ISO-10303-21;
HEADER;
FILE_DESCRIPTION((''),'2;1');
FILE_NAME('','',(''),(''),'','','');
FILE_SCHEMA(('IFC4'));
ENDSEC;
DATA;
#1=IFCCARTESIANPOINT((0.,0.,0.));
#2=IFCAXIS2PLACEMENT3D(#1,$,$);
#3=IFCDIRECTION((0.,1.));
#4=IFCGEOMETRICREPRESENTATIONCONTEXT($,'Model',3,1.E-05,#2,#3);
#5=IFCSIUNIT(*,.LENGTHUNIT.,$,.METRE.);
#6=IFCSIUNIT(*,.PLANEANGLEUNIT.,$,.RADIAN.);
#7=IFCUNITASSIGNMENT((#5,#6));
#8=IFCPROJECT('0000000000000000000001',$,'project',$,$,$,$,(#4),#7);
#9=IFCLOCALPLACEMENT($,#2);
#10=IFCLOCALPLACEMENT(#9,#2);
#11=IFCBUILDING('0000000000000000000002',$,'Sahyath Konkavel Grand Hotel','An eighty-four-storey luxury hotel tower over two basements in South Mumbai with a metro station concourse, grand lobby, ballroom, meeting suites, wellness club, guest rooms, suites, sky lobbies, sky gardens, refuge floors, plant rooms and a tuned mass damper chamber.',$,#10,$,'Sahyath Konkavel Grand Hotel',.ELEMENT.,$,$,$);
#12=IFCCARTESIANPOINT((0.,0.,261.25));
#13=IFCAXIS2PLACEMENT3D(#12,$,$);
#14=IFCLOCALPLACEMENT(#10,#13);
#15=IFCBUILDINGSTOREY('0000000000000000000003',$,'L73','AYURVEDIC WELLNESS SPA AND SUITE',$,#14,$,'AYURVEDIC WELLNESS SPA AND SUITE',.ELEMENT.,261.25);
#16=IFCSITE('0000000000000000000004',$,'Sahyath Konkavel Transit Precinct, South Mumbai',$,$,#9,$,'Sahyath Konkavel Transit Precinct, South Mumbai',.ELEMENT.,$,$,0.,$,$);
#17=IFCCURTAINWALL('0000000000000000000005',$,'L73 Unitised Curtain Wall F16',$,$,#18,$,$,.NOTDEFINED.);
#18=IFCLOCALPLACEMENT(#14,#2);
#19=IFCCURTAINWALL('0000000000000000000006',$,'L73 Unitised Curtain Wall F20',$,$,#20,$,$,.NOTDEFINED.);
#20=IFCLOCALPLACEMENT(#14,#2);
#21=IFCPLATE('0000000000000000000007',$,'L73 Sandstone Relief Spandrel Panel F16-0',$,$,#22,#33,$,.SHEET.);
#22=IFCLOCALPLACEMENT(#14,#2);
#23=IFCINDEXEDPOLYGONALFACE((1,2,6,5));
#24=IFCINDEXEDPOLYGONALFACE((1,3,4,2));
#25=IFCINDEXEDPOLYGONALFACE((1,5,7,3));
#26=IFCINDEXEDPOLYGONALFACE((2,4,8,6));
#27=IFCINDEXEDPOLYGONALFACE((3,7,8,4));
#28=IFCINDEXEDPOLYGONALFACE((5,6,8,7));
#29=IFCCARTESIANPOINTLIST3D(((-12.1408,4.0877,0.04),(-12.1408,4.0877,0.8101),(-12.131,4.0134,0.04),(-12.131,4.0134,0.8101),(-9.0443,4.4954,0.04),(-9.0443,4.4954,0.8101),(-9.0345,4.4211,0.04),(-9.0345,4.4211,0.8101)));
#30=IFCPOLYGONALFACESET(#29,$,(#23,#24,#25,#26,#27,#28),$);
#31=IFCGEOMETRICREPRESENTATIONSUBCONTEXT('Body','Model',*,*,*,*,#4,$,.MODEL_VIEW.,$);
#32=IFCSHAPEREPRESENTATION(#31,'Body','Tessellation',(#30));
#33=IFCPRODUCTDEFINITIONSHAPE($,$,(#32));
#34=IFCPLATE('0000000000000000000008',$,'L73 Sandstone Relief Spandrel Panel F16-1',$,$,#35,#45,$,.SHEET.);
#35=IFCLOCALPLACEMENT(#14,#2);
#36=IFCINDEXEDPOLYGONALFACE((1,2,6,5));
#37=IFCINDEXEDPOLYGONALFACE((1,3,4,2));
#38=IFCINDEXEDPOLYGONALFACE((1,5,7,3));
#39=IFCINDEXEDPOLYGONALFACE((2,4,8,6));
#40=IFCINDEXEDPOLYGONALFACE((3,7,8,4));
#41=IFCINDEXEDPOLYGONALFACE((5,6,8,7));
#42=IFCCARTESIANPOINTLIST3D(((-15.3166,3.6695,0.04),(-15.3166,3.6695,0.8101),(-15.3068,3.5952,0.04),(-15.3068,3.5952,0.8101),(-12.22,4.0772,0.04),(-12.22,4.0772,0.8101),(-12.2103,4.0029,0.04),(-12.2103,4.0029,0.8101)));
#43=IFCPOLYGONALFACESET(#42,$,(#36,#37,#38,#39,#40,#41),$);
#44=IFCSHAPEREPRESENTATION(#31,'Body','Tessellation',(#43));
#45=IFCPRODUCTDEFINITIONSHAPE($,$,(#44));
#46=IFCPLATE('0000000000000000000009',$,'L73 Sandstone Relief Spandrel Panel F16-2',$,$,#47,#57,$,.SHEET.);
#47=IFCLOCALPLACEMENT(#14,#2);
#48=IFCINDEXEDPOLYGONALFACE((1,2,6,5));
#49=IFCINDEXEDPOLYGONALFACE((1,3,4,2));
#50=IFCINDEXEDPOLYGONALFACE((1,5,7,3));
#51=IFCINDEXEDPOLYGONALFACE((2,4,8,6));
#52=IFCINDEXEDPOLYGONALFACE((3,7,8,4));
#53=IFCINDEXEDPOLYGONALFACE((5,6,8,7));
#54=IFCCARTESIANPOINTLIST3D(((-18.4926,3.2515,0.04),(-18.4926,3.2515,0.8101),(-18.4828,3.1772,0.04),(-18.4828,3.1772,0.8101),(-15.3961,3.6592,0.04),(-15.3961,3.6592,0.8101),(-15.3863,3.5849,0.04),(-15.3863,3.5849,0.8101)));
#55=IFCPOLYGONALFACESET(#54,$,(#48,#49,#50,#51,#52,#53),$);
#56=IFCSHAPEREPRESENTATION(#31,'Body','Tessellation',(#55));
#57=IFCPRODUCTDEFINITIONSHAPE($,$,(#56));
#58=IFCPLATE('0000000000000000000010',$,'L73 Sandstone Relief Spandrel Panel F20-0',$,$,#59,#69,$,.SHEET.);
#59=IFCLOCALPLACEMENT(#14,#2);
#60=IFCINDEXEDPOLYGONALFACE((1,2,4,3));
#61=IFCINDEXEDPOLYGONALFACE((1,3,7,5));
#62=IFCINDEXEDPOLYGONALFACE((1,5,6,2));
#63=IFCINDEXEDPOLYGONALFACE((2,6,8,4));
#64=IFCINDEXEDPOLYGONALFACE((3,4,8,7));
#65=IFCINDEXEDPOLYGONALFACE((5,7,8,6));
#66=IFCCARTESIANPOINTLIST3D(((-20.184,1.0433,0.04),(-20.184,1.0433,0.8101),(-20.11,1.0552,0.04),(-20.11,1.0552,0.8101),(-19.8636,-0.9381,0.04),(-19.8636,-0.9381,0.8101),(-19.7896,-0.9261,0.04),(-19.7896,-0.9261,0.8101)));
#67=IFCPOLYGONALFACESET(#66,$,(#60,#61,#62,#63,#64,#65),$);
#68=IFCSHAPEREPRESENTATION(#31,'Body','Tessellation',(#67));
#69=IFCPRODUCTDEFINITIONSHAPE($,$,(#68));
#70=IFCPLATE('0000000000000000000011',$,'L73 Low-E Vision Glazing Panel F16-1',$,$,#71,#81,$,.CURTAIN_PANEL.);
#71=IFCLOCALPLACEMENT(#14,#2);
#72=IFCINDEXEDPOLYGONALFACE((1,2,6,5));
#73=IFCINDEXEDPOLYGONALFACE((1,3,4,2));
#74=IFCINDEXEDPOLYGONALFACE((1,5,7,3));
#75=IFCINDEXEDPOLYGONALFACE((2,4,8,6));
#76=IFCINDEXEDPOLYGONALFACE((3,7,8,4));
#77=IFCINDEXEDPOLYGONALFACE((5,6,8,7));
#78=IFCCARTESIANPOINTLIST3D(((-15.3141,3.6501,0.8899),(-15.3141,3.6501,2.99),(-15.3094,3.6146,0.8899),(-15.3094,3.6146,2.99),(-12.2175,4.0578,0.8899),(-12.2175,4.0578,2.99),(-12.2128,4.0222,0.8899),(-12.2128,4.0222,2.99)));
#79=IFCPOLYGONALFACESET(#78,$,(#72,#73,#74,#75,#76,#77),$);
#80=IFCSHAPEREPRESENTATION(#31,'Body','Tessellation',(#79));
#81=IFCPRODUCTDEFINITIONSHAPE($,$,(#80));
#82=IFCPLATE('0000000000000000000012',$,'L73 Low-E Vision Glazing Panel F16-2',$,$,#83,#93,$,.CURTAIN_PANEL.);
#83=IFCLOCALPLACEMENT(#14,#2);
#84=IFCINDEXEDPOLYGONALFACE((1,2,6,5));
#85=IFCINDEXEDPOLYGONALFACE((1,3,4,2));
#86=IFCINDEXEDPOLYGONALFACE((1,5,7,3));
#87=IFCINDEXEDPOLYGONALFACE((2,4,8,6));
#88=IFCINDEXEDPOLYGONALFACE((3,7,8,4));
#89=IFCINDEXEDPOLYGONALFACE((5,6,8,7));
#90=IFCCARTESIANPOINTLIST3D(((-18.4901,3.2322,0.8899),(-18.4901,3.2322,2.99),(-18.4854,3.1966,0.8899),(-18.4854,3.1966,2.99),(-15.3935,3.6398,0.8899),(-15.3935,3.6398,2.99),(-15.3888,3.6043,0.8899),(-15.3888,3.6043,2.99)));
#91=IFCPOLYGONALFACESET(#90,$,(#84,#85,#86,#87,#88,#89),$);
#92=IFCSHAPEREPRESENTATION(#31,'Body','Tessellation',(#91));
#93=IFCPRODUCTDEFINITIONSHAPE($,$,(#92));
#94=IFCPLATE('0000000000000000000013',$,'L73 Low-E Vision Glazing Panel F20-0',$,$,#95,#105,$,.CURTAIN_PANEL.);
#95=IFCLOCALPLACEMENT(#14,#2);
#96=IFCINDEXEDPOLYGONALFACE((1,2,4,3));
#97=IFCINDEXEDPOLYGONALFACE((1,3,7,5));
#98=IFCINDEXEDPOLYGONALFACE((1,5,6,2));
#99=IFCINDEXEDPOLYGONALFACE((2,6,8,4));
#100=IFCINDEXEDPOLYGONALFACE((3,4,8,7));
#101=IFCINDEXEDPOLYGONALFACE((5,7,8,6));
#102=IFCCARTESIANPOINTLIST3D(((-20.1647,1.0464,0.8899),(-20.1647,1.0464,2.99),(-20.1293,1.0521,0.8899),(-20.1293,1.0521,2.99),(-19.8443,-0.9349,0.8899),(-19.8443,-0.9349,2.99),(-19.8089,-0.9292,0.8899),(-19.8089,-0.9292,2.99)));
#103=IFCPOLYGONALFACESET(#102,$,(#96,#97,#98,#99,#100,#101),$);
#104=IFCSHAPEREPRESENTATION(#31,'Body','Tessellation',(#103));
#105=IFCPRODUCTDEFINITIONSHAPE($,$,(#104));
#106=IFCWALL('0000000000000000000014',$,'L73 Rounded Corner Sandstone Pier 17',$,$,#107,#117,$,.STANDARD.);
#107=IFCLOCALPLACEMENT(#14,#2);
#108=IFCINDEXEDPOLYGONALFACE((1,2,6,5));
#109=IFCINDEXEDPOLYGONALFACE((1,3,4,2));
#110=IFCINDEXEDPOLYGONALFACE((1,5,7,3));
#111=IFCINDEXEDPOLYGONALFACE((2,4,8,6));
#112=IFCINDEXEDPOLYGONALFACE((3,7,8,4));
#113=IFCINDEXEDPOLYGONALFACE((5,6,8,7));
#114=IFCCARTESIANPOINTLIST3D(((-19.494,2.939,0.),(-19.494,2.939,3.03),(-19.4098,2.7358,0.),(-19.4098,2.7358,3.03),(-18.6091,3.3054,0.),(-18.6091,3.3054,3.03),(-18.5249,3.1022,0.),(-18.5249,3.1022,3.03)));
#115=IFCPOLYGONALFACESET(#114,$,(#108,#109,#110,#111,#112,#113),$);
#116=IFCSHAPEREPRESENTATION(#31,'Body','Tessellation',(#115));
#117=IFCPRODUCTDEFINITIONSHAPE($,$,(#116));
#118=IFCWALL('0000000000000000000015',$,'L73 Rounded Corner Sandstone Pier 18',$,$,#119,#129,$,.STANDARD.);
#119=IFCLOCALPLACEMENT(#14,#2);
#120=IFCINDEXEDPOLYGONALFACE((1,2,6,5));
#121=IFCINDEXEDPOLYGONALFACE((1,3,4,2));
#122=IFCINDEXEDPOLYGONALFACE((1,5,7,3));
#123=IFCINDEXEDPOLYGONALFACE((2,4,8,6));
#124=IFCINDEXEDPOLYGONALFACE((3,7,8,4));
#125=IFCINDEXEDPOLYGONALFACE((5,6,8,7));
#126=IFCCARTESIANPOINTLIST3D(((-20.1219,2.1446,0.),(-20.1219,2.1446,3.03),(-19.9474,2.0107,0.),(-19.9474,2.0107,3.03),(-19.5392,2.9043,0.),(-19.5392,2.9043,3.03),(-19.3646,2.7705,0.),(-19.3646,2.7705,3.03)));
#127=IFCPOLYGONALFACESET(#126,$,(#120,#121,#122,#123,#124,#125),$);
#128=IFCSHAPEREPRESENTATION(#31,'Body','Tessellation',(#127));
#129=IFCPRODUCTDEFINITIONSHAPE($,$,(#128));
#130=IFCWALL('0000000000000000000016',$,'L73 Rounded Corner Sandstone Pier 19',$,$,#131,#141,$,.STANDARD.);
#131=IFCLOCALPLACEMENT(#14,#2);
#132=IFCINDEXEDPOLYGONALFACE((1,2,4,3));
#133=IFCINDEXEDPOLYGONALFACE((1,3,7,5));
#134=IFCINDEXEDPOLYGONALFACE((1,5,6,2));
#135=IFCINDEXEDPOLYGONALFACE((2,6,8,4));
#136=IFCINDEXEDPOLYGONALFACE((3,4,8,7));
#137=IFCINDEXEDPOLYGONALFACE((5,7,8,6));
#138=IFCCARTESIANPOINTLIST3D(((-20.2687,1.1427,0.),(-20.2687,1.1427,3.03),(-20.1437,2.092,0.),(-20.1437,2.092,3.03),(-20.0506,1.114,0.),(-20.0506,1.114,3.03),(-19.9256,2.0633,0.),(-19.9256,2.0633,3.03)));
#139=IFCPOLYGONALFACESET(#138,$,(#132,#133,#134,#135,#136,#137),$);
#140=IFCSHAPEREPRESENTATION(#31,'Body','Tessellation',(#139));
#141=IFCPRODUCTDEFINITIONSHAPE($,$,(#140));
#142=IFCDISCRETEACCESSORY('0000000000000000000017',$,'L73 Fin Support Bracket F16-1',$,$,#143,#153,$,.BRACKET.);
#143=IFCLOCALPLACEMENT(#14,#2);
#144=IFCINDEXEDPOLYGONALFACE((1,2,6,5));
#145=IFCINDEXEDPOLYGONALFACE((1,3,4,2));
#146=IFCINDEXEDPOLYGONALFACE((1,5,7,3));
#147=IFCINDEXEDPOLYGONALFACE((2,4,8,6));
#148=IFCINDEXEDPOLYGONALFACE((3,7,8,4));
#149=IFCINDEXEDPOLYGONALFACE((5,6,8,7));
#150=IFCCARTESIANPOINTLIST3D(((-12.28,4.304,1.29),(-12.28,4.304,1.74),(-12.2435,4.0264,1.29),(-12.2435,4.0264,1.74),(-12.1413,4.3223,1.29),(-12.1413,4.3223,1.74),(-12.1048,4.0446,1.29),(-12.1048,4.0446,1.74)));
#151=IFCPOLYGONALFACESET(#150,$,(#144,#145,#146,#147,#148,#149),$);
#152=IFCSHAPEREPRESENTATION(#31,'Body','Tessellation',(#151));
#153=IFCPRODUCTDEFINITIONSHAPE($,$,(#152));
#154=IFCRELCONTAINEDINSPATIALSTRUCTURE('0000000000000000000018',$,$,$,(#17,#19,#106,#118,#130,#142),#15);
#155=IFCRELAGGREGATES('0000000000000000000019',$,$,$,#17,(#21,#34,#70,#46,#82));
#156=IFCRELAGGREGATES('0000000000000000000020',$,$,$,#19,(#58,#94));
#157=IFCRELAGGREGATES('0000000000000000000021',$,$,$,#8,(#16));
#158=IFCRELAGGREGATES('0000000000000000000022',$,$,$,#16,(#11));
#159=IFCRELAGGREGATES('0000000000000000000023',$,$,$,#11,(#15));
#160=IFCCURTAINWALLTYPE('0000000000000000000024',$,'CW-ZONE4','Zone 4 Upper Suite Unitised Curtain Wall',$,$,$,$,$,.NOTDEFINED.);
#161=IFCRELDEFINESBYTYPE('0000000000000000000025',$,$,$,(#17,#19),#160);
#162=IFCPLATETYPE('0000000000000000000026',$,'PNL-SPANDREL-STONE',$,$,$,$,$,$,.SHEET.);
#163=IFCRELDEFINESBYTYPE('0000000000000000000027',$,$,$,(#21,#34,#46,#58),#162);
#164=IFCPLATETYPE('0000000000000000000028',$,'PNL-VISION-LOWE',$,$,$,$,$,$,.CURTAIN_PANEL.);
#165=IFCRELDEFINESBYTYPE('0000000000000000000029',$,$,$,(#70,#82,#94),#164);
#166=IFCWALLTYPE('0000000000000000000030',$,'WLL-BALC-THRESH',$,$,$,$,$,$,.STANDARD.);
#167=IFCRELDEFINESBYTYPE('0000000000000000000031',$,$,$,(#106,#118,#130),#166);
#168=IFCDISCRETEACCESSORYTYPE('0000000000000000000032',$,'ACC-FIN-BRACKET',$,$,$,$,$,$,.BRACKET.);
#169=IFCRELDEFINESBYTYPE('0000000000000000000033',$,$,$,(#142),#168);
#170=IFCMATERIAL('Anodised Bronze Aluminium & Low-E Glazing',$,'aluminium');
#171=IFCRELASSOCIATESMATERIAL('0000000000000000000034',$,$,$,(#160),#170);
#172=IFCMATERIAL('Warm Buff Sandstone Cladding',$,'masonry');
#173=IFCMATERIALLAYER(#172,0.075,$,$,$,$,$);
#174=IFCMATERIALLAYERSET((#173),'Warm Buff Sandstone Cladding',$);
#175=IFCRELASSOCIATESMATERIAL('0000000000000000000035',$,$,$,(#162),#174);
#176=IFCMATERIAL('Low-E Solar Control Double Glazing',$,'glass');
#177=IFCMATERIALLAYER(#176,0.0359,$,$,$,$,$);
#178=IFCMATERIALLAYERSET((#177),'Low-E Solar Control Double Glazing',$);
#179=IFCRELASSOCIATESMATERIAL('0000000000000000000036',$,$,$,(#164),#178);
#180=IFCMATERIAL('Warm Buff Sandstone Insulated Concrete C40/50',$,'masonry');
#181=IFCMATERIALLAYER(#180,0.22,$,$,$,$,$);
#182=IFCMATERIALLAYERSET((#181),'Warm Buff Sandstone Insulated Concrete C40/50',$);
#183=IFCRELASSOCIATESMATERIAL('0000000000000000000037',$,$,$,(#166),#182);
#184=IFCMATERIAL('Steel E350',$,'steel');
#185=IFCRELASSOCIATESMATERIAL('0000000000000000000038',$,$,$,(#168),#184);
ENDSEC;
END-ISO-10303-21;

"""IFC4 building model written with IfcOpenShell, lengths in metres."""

from ifc_helpers import new_model, si_unit, direction, frame, frame_2d, origin, origin_2d, place, context, subcontext, project, spatial, rectangle, extrude, source, transform, mapped, material, layer, layer_set, type_object, element, aggregate, save


model = new_model("IFC4")

# Units and contexts
model_context = context("Model", 3, precision=1e-05, world=origin(), true_north=direction((0.0, 1.0)))
body_context = subcontext(model_context, "Body", "Model", "MODEL_VIEW")
ifc_project = project(units=[si_unit("LENGTHUNIT", "METRE"), si_unit("PLANEANGLEUNIT", "RADIAN")], contexts=[model_context])

# Site, building, storey
site_placement = place(None, origin())
site = spatial("IfcSite", under=ifc_project, at=site_placement, Name="Sahyath Konkavel Transit Precinct, South Mumbai", LongName="Sahyath Konkavel Transit Precinct, South Mumbai", CompositionType="ELEMENT", RefElevation=0.0)
building_placement = place(site_placement, origin())
building = spatial("IfcBuilding", under=site, at=building_placement, Name="Sahyath Konkavel Grand Hotel", Description="An eighty-four-storey luxury hotel tower over two basements in South Mumbai with a metro station concourse, grand lobby, ballroom, meeting suites, wellness club, guest rooms, suites, sky lobbies, sky gardens, refuge floors, plant rooms and a tuned mass damper chamber.", LongName="Sahyath Konkavel Grand Hotel", CompositionType="ELEMENT")
storey_placement = place(building_placement, frame((0.0, 0.0, 261.25)))
storey = spatial("IfcBuildingStorey", under=building, at=storey_placement, Name="L73", Description="AYURVEDIC WELLNESS SPA AND SUITE", LongName="AYURVEDIC WELLNESS SPA AND SUITE", CompositionType="ELEMENT", Elevation=261.25)

# Shared definitions
ifc_material_1 = material(Name="Steel E350", Category="steel")

# Curtain wall
ifc_material_2 = material(Name="Anodised Bronze Aluminium & Low-E Glazing", Category="aluminium")
curtain_wall_type = type_object("IfcCurtainWallType", Name="CW-ZONE4", Description="Zone 4 Upper Suite Unitised Curtain Wall", PredefinedType="NOTDEFINED", material=ifc_material_2)
curtain_wall_1_placement = place(storey_placement, origin())
curtain_wall_1 = element("IfcCurtainWall", 1, at=curtain_wall_1_placement, inside=storey, type_object=curtain_wall_type, Name="L73 Unitised Curtain Wall F16", PredefinedType="NOTDEFINED")

# Curtain wall
curtain_wall_2_placement = place(storey_placement, origin())
curtain_wall_2 = element("IfcCurtainWall", 2, at=curtain_wall_2_placement, inside=storey, type_object=curtain_wall_type, Name="L73 Unitised Curtain Wall F20", PredefinedType="NOTDEFINED")

# Plates
ifc_material_3 = material(Name="Warm Buff Sandstone Cladding", Category="masonry")
ifc_layer_1 = layer(ifc_material_3, 0.075)
ifc_layer_set_1 = layer_set([ifc_layer_1], Name="Warm Buff Sandstone Cladding")
plate_type_1 = type_object("IfcPlateType", Name="PNL-SPANDREL-STONE", PredefinedType="SHEET", material=ifc_layer_set_1)
shared_shape_1 = source(origin(), body_context, "Body", "SweptSolid", [
    extrude(rectangle(XDim=3.1233, YDim=0.075, at=origin_2d()), origin(), (0.0, 0.0, 1.0), 0.77),
])
plate_1_placement = place(storey_placement, frame((-10.5876, 4.2544, 0.04), z_axis=(0.0, 0.0, 1.0), x_axis=(-0.991445, -0.130526, 0.0)))
plate_1 = element("IfcPlate", 3, at=plate_1_placement, type_object=plate_type_1, Name="L73 Sandstone Relief Spandrel Panel F16-0", PredefinedType="SHEET", context=body_context, shape_type="MappedRepresentation", body=[
    mapped(shared_shape_1, transform((0.0, 0.0, 0.0), scale=1.0)),
])
plate_2_placement = place(storey_placement, frame((-13.7634, 3.8362, 0.04), z_axis=(0.0, 0.0, 1.0), x_axis=(-0.991445, -0.130526, 0.0)))
plate_2 = element("IfcPlate", 4, at=plate_2_placement, type_object=plate_type_1, Name="L73 Sandstone Relief Spandrel Panel F16-1", PredefinedType="SHEET", context=body_context, shape_type="MappedRepresentation", body=[
    mapped(shared_shape_1, transform((0.0, 0.0, 0.0), scale=1.0)),
])
plate_3_placement = place(storey_placement, frame((-16.9395, 3.4182, 0.04), z_axis=(0.0, 0.0, 1.0), x_axis=(-0.991445, -0.130526, 0.0)))
plate_3 = element("IfcPlate", 5, at=plate_3_placement, type_object=plate_type_1, Name="L73 Sandstone Relief Spandrel Panel F16-2", PredefinedType="SHEET", context=body_context, shape_type="MappedRepresentation", body=[
    mapped(shared_shape_1, transform((0.0, 0.0, 0.0), scale=1.0)),
])
shared_shape_2 = source(origin(), body_context, "Body", "SweptSolid", [
    extrude(rectangle(XDim=2.0071, YDim=0.075, at=origin_2d()), origin(), (0.0, 0.0, 1.0), 0.77),
])
plate_4_placement = place(storey_placement, frame((-19.9868, 0.0586, 0.04), z_axis=(0.0, 0.0, 1.0), x_axis=(0.159623, -0.987178, 0.0)))
plate_4 = element("IfcPlate", 6, at=plate_4_placement, type_object=plate_type_1, Name="L73 Sandstone Relief Spandrel Panel F20-0", PredefinedType="SHEET", context=body_context, shape_type="MappedRepresentation", body=[
    mapped(shared_shape_2, transform((0.0, 0.0, 0.0), scale=1.0)),
])
ifc_material_4 = material(Name="Low-E Solar Control Double Glazing", Category="glass")
ifc_layer_2 = layer(ifc_material_4, 0.0359)
ifc_layer_set_2 = layer_set([ifc_layer_2], Name="Low-E Solar Control Double Glazing")
plate_type_2 = type_object("IfcPlateType", Name="PNL-VISION-LOWE", PredefinedType="CURTAIN_PANEL", material=ifc_layer_set_2)
shared_shape_3 = source(origin(), body_context, "Body", "SweptSolid", [
    extrude(rectangle(XDim=3.1233, YDim=0.0359, at=origin_2d()), origin(), (0.0, 0.0, 1.0), 2.1001),
])
plate_5_placement = place(storey_placement, frame((-13.7634, 3.8362, 0.8899), z_axis=(0.0, 0.0, 1.0), x_axis=(-0.991445, -0.130526, 0.0)))
plate_5 = element("IfcPlate", 7, at=plate_5_placement, type_object=plate_type_2, Name="L73 Low-E Vision Glazing Panel F16-1", PredefinedType="CURTAIN_PANEL", context=body_context, shape_type="MappedRepresentation", body=[
    mapped(shared_shape_3, transform((0.0, 0.0, 0.0), scale=1.0)),
])
plate_6_placement = place(storey_placement, frame((-16.9395, 3.4182, 0.8899), z_axis=(0.0, 0.0, 1.0), x_axis=(-0.991445, -0.130526, 0.0)))
plate_6 = element("IfcPlate", 8, at=plate_6_placement, type_object=plate_type_2, Name="L73 Low-E Vision Glazing Panel F16-2", PredefinedType="CURTAIN_PANEL", context=body_context, shape_type="MappedRepresentation", body=[
    mapped(shared_shape_3, transform((0.0, 0.0, 0.0), scale=1.0)),
])
aggregate(curtain_wall_1, [plate_1, plate_2, plate_5, plate_3, plate_6])
shared_shape_4 = source(origin(), body_context, "Body", "SweptSolid", [
    extrude(rectangle(XDim=2.0071, YDim=0.0359, at=origin_2d()), origin(), (0.0, 0.0, 1.0), 2.1001),
])
plate_7_placement = place(storey_placement, frame((-19.9868, 0.0586, 0.8899), z_axis=(0.0, 0.0, 1.0), x_axis=(0.159623, -0.987178, 0.0)))
plate_7 = element("IfcPlate", 9, at=plate_7_placement, type_object=plate_type_2, Name="L73 Low-E Vision Glazing Panel F20-0", PredefinedType="CURTAIN_PANEL", context=body_context, shape_type="MappedRepresentation", body=[
    mapped(shared_shape_4, transform((0.0, 0.0, 0.0), scale=1.0)),
])
aggregate(curtain_wall_2, [plate_4, plate_7])

# Walls
ifc_material_5 = material(Name="Warm Buff Sandstone Insulated Concrete C40/50", Category="masonry")
ifc_layer_3 = layer(ifc_material_5, 0.22)
ifc_layer_set_3 = layer_set([ifc_layer_3], Name="Warm Buff Sandstone Insulated Concrete C40/50")
wall_type = type_object("IfcWallType", Name="WLL-BALC-THRESH", PredefinedType="STANDARD", material=ifc_layer_set_3)
wall_placement = place(storey_placement, frame((-18.5669, 3.2039, 0.0), z_axis=(0.0, 0.0, 1.0), x_axis=(-0.923927, -0.382569, 0.0)))
element("IfcWall", 10, at=wall_placement, inside=storey, type_object=wall_type, Name="L73 Rounded Corner Sandstone Pier 17", PredefinedType="STANDARD", context=body_context, shape_type="SweptSolid", body=[
    extrude(rectangle(XDim=0.9578, YDim=0.22, at=frame_2d((0.479, 0.0))), origin(), (0.0, 0.0, 1.0), 3.03),
])
for number, where, z_axis, x_axis, name in (
    (11, (-19.4519, 2.8374, 0.0), (0.0, 0.0, 1.0), (-0.608614, -0.793467, 0.0), "L73 Rounded Corner Sandstone Pier 18"),
    (12, (-20.0347, 2.0776, 0.0), (0.0, 0.0, 1.0), (-0.13056, -0.99144, 0.0), "L73 Rounded Corner Sandstone Pier 19"),
):
    element("IfcWall", number, at=place(storey_placement, frame(where, z_axis=z_axis, x_axis=x_axis)), inside=storey, type_object=wall_type, Name=name, PredefinedType="STANDARD", context=body_context, shape_type="SweptSolid", body=[
        extrude(rectangle(XDim=0.9575, YDim=0.22, at=frame_2d((0.4788, 0.0))), origin(), (0.0, 0.0, 1.0), 3.03),
    ])

# Discrete accessory
discrete_accessory_type = type_object("IfcDiscreteAccessoryType", Name="ACC-FIN-BRACKET", PredefinedType="BRACKET", material=ifc_material_1)
shared_shape_5 = source(origin(), body_context, "Body", "SweptSolid", [
    extrude(rectangle(XDim=0.28, YDim=0.1399, at=origin_2d()), origin(), (0.0, 0.0, 1.0), 0.45),
])
discrete_accessory_placement = place(storey_placement, frame((-12.1924, 4.1743, 1.29), z_axis=(0.0, 0.0, 1.0), x_axis=(-0.130526, 0.991445, 0.0)))
element("IfcDiscreteAccessory", 13, at=discrete_accessory_placement, inside=storey, type_object=discrete_accessory_type, Name="L73 Fin Support Bracket F16-1", PredefinedType="BRACKET", context=body_context, shape_type="MappedRepresentation", body=[
    mapped(shared_shape_5, transform((0.0, 0.0, 0.0), scale=1.0)),
])

save(model, "model.ifc")
